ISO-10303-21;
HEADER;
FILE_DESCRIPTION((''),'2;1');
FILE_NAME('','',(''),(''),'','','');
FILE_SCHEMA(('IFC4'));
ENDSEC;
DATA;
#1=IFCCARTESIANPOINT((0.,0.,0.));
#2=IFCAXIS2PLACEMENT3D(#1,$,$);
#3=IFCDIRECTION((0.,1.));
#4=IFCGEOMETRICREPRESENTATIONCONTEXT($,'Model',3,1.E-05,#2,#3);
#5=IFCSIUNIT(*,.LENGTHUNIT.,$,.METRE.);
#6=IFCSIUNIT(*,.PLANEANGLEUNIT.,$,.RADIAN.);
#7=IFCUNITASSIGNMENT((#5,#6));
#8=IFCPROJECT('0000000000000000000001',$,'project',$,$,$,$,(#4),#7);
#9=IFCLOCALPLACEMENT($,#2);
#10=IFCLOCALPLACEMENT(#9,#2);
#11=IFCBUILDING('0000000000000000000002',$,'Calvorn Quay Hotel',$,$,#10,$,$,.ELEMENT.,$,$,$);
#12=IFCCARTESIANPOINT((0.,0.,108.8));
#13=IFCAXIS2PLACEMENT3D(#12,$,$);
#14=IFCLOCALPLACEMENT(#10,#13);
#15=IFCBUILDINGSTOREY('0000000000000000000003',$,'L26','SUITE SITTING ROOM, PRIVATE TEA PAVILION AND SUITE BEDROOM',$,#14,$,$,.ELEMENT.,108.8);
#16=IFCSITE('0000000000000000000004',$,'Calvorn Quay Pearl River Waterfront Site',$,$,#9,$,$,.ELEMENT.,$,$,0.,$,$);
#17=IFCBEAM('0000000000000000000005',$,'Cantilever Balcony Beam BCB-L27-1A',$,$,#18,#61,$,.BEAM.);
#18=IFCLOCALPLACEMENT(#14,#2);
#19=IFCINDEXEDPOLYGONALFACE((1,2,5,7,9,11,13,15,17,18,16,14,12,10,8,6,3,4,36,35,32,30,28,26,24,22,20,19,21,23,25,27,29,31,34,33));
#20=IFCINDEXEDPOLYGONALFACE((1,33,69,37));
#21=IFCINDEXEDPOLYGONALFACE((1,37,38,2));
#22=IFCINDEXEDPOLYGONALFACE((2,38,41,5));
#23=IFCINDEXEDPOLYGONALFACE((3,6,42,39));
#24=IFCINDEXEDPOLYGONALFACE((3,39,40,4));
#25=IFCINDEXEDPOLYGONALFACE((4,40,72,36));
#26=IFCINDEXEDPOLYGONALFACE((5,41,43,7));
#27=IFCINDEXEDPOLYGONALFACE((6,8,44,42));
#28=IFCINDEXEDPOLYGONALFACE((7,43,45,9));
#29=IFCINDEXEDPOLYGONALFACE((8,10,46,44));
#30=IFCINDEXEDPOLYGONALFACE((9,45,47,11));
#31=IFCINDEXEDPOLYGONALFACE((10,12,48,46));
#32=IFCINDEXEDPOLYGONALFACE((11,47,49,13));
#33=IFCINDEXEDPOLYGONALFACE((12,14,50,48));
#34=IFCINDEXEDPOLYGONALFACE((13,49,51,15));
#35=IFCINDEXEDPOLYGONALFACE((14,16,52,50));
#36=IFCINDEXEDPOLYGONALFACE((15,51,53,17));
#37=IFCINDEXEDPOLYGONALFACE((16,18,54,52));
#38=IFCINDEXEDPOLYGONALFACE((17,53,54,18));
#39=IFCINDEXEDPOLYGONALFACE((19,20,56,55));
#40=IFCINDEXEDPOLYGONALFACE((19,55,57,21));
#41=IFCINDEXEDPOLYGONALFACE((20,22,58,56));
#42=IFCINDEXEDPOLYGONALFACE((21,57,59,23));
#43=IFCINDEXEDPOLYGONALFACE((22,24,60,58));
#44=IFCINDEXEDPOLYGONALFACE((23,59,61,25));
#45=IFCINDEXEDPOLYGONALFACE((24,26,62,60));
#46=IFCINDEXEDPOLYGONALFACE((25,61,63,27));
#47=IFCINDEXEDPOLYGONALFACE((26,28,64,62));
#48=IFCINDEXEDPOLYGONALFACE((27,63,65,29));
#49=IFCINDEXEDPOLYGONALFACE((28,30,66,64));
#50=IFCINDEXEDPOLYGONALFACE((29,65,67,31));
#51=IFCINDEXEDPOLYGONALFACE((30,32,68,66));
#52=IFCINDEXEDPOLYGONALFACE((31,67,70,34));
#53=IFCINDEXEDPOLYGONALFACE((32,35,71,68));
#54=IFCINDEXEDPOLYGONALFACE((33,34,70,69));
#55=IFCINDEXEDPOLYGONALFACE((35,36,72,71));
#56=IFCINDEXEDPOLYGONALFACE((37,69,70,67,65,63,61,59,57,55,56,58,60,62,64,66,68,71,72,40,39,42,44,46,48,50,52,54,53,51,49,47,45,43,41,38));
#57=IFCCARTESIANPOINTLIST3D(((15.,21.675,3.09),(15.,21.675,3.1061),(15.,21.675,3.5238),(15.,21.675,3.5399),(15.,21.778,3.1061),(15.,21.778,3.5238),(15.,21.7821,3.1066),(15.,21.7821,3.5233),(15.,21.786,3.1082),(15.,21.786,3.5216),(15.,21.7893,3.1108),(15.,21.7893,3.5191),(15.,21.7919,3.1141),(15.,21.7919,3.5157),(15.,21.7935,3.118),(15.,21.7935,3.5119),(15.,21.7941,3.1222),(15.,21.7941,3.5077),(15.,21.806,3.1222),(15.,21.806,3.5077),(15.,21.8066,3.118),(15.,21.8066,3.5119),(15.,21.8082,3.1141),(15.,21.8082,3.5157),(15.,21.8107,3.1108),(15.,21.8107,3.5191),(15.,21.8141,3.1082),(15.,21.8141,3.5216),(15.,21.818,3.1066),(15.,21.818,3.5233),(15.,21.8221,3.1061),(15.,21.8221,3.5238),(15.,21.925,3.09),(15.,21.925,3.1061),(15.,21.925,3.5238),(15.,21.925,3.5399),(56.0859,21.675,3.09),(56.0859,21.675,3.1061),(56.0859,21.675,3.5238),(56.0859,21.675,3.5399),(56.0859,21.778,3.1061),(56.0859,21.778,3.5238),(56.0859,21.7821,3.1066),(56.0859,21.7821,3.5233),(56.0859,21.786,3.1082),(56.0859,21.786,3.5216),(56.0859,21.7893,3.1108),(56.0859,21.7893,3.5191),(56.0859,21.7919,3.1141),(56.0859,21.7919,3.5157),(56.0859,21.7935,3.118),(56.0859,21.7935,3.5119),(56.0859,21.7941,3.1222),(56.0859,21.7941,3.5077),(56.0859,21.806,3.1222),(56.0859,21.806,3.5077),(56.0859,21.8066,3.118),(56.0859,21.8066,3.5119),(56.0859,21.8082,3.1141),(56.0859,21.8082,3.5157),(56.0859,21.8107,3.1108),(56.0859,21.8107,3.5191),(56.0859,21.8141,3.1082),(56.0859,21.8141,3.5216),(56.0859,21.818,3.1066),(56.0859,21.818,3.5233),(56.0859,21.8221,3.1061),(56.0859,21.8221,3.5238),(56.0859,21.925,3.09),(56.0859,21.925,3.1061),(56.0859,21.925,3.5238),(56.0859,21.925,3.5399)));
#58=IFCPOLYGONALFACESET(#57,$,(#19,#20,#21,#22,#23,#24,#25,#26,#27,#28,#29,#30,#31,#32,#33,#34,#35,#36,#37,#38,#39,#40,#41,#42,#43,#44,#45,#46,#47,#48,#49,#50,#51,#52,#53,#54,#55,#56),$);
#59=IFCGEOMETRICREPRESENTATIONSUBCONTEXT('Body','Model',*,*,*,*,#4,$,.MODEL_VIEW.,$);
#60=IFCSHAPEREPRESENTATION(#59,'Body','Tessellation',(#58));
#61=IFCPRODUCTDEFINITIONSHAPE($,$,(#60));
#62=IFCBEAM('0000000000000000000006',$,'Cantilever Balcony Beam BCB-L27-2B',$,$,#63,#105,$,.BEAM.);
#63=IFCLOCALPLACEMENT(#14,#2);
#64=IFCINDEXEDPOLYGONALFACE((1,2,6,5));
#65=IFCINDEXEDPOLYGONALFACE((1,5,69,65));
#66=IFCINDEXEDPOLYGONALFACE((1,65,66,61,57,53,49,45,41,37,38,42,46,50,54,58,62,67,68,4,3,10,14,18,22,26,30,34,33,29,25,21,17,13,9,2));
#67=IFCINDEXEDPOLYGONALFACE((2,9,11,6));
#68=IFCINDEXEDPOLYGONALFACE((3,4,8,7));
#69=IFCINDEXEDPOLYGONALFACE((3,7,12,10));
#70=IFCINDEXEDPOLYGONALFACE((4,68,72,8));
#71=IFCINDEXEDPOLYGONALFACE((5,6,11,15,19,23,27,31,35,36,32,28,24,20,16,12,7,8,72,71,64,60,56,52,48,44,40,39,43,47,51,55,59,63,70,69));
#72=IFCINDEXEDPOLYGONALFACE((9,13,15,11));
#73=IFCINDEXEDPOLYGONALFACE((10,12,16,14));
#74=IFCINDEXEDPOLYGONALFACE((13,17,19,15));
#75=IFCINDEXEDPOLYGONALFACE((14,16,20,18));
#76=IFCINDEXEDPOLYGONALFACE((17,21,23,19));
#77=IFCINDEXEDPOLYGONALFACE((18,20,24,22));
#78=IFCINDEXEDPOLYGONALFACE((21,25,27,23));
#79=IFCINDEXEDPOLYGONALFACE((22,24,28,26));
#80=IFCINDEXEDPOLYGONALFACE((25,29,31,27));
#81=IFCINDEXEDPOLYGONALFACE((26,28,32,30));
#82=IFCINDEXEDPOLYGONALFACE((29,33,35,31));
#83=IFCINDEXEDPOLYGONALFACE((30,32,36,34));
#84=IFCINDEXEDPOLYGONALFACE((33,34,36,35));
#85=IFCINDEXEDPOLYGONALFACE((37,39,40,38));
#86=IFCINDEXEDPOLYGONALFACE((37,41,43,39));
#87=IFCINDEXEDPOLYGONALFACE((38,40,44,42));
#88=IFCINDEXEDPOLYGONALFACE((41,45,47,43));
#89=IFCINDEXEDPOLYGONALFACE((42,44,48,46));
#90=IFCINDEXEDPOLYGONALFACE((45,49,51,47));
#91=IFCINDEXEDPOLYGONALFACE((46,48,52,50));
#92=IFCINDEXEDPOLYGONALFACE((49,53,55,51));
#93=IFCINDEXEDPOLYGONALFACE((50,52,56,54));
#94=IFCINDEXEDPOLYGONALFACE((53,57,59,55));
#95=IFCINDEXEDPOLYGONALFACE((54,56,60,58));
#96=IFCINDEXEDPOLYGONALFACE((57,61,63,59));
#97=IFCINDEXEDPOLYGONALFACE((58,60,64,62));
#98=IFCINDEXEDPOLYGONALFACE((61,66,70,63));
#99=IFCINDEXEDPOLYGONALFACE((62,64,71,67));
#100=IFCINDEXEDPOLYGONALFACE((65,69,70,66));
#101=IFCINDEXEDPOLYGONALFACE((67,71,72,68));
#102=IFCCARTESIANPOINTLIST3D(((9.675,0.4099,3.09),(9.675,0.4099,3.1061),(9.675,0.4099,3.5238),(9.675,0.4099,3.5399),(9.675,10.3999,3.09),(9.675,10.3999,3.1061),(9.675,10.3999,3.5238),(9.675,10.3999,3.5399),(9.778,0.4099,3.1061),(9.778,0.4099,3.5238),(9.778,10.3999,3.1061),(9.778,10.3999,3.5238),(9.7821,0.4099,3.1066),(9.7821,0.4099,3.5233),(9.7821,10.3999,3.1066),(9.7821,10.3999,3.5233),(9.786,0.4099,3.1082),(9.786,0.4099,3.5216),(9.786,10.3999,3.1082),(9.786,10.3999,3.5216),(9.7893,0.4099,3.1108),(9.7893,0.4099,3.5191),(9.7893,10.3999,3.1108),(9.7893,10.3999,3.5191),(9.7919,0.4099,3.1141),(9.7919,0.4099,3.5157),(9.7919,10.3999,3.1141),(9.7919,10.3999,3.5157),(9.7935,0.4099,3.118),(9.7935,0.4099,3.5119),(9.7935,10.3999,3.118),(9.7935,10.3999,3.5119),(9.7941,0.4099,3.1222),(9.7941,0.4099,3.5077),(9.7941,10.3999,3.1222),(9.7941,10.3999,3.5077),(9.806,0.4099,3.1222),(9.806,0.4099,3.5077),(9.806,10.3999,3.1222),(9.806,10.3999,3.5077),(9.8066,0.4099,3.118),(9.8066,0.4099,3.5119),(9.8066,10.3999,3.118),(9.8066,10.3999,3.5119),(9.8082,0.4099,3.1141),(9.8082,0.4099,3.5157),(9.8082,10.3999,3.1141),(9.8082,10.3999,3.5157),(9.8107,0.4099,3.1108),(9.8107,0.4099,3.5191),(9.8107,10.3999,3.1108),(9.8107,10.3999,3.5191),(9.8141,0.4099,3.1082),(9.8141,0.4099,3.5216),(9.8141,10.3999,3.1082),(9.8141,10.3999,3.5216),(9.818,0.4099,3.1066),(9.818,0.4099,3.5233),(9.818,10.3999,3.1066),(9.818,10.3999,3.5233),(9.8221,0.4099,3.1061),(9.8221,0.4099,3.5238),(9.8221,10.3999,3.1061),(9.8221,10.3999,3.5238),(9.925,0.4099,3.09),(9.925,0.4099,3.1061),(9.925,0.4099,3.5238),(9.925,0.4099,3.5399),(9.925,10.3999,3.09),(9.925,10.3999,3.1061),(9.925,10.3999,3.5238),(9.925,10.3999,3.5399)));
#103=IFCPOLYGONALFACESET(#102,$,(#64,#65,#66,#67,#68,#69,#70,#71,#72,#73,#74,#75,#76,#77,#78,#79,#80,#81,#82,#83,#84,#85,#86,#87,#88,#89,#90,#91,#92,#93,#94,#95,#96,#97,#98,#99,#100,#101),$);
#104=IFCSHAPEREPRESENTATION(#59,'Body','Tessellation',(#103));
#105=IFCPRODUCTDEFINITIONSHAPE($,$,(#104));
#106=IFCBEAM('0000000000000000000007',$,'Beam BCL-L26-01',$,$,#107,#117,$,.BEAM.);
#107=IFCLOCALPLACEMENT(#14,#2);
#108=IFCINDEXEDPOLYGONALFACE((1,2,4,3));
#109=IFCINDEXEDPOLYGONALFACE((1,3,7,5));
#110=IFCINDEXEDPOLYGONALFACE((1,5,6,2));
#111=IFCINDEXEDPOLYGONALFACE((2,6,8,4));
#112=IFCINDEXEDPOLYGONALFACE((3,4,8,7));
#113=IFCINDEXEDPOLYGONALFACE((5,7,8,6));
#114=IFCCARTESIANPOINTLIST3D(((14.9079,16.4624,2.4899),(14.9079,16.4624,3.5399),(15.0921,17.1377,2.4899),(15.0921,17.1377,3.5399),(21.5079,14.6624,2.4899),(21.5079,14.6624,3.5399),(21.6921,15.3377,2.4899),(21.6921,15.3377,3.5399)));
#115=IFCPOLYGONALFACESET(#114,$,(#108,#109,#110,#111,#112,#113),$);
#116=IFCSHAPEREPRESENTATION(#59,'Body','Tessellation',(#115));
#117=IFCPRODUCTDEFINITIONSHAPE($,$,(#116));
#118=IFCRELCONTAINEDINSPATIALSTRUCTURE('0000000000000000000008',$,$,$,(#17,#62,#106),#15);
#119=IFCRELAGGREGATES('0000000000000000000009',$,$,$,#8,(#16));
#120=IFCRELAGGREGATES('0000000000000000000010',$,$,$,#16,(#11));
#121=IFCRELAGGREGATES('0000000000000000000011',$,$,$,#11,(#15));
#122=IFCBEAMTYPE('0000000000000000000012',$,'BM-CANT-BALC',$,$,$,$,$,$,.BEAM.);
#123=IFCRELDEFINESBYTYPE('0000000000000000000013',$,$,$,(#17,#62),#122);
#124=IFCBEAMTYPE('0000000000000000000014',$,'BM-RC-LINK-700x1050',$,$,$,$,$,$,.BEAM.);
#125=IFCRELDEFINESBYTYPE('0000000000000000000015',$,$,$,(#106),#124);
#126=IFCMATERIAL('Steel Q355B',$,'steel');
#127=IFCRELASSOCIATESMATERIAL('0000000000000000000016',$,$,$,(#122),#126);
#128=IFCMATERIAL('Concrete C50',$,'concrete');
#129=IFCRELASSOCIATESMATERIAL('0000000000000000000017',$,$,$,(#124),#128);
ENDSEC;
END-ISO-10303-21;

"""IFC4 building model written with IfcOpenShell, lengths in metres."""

from ifc_helpers import new_model, si_unit, direction, frame, origin, origin_2d, place, context, subcontext, project, spatial, rectangle, i_section, extrude, material, material_profile, profile_set, type_object, element, save


model = new_model("IFC4")

# Units and contexts
model_context = context("Model", 3, precision=1e-05, world=origin(), true_north=direction((0.0, 1.0)))
body_context = subcontext(model_context, "Body", "Model", "MODEL_VIEW")
ifc_project = project(units=[si_unit("LENGTHUNIT", "METRE"), si_unit("PLANEANGLEUNIT", "RADIAN")], contexts=[model_context])

# Site, building, storey
site_placement = place(None, origin())
site = spatial("IfcSite", under=ifc_project, at=site_placement, Name="Calvorn Quay Pearl River Waterfront Site", CompositionType="ELEMENT", RefElevation=0.0)
building_placement = place(site_placement, origin())
building = spatial("IfcBuilding", under=site, at=building_placement, Name="Calvorn Quay Hotel", CompositionType="ELEMENT")
storey_placement = place(building_placement, frame((0.0, 0.0, 108.8)))
storey = spatial("IfcBuildingStorey", under=building, at=storey_placement, Name="L26", Description="SUITE SITTING ROOM, PRIVATE TEA PAVILION AND SUITE BEDROOM", CompositionType="ELEMENT", Elevation=108.8)

# Beams
ifc_material_1 = material(Name="Steel Q355B", Category="steel")
ifc_material_profile_1 = material_profile(ifc_material_1, i_section(OverallWidth=0.25, OverallDepth=0.45, WebThickness=0.012, FlangeThickness=0.0161, FilletRadius=0.0161, at=origin_2d()), Name="HN450x250x12x16")
ifc_profile_set_1 = profile_set([ifc_material_profile_1], Name="Steel Q355B")
beam_type_1 = type_object("IfcBeamType", Name="BM-CANT-BALC", PredefinedType="BEAM", material=ifc_profile_set_1)
beam_1_placement = place(storey_placement, frame((15.0, 21.8, 3.3149), z_axis=(1.0, 0.0, 0.0), x_axis=(0.0, 1.0, 0.0)))
element("IfcBeam", 1, at=beam_1_placement, inside=storey, type_object=beam_type_1, Name="Cantilever Balcony Beam BCB-L27-1A", PredefinedType="BEAM", context=body_context, shape_type="SweptSolid", body=[
    extrude(i_section(OverallWidth=0.25, OverallDepth=0.45, WebThickness=0.012, FlangeThickness=0.0161, FilletRadius=0.0161, at=origin_2d()), origin(), (0.0, 0.0, 1.0), 41.0859),
])
beam_2_placement = place(storey_placement, frame((9.8, 10.3999, 3.3149), z_axis=(0.0, -1.0, 0.0), x_axis=(1.0, 0.0, 0.0)))
element("IfcBeam", 2, at=beam_2_placement, inside=storey, type_object=beam_type_1, Name="Cantilever Balcony Beam BCB-L27-2B", PredefinedType="BEAM", context=body_context, shape_type="SweptSolid", body=[
    extrude(i_section(OverallWidth=0.25, OverallDepth=0.45, WebThickness=0.012, FlangeThickness=0.0161, FilletRadius=0.0161, at=origin_2d()), origin(), (0.0, 0.0, 1.0), 9.99),
])
ifc_material_2 = material(Name="Concrete C50", Category="concrete")
ifc_material_profile_2 = material_profile(ifc_material_2, rectangle(XDim=0.7, YDim=1.05, at=origin_2d()), Name="RCB700x1050")
ifc_profile_set_2 = profile_set([ifc_material_profile_2], Name="Concrete C50")
beam_type_2 = type_object("IfcBeamType", Name="BM-RC-LINK-700x1050", PredefinedType="BEAM", material=ifc_profile_set_2)
beam_3_placement = place(storey_placement, frame((15.0, 16.8, 3.0149), z_axis=(0.964763, -0.26312, 0.0), x_axis=(0.26312, 0.964763, 0.0)))
element("IfcBeam", 3, at=beam_3_placement, inside=storey, type_object=beam_type_2, Name="Beam BCL-L26-01", PredefinedType="BEAM", context=body_context, shape_type="SweptSolid", body=[
    extrude(rectangle(XDim=0.7, YDim=1.05, at=origin_2d()), origin(), (0.0, 0.0, 1.0), 6.8411),
])

save(model, "model.ifc")
